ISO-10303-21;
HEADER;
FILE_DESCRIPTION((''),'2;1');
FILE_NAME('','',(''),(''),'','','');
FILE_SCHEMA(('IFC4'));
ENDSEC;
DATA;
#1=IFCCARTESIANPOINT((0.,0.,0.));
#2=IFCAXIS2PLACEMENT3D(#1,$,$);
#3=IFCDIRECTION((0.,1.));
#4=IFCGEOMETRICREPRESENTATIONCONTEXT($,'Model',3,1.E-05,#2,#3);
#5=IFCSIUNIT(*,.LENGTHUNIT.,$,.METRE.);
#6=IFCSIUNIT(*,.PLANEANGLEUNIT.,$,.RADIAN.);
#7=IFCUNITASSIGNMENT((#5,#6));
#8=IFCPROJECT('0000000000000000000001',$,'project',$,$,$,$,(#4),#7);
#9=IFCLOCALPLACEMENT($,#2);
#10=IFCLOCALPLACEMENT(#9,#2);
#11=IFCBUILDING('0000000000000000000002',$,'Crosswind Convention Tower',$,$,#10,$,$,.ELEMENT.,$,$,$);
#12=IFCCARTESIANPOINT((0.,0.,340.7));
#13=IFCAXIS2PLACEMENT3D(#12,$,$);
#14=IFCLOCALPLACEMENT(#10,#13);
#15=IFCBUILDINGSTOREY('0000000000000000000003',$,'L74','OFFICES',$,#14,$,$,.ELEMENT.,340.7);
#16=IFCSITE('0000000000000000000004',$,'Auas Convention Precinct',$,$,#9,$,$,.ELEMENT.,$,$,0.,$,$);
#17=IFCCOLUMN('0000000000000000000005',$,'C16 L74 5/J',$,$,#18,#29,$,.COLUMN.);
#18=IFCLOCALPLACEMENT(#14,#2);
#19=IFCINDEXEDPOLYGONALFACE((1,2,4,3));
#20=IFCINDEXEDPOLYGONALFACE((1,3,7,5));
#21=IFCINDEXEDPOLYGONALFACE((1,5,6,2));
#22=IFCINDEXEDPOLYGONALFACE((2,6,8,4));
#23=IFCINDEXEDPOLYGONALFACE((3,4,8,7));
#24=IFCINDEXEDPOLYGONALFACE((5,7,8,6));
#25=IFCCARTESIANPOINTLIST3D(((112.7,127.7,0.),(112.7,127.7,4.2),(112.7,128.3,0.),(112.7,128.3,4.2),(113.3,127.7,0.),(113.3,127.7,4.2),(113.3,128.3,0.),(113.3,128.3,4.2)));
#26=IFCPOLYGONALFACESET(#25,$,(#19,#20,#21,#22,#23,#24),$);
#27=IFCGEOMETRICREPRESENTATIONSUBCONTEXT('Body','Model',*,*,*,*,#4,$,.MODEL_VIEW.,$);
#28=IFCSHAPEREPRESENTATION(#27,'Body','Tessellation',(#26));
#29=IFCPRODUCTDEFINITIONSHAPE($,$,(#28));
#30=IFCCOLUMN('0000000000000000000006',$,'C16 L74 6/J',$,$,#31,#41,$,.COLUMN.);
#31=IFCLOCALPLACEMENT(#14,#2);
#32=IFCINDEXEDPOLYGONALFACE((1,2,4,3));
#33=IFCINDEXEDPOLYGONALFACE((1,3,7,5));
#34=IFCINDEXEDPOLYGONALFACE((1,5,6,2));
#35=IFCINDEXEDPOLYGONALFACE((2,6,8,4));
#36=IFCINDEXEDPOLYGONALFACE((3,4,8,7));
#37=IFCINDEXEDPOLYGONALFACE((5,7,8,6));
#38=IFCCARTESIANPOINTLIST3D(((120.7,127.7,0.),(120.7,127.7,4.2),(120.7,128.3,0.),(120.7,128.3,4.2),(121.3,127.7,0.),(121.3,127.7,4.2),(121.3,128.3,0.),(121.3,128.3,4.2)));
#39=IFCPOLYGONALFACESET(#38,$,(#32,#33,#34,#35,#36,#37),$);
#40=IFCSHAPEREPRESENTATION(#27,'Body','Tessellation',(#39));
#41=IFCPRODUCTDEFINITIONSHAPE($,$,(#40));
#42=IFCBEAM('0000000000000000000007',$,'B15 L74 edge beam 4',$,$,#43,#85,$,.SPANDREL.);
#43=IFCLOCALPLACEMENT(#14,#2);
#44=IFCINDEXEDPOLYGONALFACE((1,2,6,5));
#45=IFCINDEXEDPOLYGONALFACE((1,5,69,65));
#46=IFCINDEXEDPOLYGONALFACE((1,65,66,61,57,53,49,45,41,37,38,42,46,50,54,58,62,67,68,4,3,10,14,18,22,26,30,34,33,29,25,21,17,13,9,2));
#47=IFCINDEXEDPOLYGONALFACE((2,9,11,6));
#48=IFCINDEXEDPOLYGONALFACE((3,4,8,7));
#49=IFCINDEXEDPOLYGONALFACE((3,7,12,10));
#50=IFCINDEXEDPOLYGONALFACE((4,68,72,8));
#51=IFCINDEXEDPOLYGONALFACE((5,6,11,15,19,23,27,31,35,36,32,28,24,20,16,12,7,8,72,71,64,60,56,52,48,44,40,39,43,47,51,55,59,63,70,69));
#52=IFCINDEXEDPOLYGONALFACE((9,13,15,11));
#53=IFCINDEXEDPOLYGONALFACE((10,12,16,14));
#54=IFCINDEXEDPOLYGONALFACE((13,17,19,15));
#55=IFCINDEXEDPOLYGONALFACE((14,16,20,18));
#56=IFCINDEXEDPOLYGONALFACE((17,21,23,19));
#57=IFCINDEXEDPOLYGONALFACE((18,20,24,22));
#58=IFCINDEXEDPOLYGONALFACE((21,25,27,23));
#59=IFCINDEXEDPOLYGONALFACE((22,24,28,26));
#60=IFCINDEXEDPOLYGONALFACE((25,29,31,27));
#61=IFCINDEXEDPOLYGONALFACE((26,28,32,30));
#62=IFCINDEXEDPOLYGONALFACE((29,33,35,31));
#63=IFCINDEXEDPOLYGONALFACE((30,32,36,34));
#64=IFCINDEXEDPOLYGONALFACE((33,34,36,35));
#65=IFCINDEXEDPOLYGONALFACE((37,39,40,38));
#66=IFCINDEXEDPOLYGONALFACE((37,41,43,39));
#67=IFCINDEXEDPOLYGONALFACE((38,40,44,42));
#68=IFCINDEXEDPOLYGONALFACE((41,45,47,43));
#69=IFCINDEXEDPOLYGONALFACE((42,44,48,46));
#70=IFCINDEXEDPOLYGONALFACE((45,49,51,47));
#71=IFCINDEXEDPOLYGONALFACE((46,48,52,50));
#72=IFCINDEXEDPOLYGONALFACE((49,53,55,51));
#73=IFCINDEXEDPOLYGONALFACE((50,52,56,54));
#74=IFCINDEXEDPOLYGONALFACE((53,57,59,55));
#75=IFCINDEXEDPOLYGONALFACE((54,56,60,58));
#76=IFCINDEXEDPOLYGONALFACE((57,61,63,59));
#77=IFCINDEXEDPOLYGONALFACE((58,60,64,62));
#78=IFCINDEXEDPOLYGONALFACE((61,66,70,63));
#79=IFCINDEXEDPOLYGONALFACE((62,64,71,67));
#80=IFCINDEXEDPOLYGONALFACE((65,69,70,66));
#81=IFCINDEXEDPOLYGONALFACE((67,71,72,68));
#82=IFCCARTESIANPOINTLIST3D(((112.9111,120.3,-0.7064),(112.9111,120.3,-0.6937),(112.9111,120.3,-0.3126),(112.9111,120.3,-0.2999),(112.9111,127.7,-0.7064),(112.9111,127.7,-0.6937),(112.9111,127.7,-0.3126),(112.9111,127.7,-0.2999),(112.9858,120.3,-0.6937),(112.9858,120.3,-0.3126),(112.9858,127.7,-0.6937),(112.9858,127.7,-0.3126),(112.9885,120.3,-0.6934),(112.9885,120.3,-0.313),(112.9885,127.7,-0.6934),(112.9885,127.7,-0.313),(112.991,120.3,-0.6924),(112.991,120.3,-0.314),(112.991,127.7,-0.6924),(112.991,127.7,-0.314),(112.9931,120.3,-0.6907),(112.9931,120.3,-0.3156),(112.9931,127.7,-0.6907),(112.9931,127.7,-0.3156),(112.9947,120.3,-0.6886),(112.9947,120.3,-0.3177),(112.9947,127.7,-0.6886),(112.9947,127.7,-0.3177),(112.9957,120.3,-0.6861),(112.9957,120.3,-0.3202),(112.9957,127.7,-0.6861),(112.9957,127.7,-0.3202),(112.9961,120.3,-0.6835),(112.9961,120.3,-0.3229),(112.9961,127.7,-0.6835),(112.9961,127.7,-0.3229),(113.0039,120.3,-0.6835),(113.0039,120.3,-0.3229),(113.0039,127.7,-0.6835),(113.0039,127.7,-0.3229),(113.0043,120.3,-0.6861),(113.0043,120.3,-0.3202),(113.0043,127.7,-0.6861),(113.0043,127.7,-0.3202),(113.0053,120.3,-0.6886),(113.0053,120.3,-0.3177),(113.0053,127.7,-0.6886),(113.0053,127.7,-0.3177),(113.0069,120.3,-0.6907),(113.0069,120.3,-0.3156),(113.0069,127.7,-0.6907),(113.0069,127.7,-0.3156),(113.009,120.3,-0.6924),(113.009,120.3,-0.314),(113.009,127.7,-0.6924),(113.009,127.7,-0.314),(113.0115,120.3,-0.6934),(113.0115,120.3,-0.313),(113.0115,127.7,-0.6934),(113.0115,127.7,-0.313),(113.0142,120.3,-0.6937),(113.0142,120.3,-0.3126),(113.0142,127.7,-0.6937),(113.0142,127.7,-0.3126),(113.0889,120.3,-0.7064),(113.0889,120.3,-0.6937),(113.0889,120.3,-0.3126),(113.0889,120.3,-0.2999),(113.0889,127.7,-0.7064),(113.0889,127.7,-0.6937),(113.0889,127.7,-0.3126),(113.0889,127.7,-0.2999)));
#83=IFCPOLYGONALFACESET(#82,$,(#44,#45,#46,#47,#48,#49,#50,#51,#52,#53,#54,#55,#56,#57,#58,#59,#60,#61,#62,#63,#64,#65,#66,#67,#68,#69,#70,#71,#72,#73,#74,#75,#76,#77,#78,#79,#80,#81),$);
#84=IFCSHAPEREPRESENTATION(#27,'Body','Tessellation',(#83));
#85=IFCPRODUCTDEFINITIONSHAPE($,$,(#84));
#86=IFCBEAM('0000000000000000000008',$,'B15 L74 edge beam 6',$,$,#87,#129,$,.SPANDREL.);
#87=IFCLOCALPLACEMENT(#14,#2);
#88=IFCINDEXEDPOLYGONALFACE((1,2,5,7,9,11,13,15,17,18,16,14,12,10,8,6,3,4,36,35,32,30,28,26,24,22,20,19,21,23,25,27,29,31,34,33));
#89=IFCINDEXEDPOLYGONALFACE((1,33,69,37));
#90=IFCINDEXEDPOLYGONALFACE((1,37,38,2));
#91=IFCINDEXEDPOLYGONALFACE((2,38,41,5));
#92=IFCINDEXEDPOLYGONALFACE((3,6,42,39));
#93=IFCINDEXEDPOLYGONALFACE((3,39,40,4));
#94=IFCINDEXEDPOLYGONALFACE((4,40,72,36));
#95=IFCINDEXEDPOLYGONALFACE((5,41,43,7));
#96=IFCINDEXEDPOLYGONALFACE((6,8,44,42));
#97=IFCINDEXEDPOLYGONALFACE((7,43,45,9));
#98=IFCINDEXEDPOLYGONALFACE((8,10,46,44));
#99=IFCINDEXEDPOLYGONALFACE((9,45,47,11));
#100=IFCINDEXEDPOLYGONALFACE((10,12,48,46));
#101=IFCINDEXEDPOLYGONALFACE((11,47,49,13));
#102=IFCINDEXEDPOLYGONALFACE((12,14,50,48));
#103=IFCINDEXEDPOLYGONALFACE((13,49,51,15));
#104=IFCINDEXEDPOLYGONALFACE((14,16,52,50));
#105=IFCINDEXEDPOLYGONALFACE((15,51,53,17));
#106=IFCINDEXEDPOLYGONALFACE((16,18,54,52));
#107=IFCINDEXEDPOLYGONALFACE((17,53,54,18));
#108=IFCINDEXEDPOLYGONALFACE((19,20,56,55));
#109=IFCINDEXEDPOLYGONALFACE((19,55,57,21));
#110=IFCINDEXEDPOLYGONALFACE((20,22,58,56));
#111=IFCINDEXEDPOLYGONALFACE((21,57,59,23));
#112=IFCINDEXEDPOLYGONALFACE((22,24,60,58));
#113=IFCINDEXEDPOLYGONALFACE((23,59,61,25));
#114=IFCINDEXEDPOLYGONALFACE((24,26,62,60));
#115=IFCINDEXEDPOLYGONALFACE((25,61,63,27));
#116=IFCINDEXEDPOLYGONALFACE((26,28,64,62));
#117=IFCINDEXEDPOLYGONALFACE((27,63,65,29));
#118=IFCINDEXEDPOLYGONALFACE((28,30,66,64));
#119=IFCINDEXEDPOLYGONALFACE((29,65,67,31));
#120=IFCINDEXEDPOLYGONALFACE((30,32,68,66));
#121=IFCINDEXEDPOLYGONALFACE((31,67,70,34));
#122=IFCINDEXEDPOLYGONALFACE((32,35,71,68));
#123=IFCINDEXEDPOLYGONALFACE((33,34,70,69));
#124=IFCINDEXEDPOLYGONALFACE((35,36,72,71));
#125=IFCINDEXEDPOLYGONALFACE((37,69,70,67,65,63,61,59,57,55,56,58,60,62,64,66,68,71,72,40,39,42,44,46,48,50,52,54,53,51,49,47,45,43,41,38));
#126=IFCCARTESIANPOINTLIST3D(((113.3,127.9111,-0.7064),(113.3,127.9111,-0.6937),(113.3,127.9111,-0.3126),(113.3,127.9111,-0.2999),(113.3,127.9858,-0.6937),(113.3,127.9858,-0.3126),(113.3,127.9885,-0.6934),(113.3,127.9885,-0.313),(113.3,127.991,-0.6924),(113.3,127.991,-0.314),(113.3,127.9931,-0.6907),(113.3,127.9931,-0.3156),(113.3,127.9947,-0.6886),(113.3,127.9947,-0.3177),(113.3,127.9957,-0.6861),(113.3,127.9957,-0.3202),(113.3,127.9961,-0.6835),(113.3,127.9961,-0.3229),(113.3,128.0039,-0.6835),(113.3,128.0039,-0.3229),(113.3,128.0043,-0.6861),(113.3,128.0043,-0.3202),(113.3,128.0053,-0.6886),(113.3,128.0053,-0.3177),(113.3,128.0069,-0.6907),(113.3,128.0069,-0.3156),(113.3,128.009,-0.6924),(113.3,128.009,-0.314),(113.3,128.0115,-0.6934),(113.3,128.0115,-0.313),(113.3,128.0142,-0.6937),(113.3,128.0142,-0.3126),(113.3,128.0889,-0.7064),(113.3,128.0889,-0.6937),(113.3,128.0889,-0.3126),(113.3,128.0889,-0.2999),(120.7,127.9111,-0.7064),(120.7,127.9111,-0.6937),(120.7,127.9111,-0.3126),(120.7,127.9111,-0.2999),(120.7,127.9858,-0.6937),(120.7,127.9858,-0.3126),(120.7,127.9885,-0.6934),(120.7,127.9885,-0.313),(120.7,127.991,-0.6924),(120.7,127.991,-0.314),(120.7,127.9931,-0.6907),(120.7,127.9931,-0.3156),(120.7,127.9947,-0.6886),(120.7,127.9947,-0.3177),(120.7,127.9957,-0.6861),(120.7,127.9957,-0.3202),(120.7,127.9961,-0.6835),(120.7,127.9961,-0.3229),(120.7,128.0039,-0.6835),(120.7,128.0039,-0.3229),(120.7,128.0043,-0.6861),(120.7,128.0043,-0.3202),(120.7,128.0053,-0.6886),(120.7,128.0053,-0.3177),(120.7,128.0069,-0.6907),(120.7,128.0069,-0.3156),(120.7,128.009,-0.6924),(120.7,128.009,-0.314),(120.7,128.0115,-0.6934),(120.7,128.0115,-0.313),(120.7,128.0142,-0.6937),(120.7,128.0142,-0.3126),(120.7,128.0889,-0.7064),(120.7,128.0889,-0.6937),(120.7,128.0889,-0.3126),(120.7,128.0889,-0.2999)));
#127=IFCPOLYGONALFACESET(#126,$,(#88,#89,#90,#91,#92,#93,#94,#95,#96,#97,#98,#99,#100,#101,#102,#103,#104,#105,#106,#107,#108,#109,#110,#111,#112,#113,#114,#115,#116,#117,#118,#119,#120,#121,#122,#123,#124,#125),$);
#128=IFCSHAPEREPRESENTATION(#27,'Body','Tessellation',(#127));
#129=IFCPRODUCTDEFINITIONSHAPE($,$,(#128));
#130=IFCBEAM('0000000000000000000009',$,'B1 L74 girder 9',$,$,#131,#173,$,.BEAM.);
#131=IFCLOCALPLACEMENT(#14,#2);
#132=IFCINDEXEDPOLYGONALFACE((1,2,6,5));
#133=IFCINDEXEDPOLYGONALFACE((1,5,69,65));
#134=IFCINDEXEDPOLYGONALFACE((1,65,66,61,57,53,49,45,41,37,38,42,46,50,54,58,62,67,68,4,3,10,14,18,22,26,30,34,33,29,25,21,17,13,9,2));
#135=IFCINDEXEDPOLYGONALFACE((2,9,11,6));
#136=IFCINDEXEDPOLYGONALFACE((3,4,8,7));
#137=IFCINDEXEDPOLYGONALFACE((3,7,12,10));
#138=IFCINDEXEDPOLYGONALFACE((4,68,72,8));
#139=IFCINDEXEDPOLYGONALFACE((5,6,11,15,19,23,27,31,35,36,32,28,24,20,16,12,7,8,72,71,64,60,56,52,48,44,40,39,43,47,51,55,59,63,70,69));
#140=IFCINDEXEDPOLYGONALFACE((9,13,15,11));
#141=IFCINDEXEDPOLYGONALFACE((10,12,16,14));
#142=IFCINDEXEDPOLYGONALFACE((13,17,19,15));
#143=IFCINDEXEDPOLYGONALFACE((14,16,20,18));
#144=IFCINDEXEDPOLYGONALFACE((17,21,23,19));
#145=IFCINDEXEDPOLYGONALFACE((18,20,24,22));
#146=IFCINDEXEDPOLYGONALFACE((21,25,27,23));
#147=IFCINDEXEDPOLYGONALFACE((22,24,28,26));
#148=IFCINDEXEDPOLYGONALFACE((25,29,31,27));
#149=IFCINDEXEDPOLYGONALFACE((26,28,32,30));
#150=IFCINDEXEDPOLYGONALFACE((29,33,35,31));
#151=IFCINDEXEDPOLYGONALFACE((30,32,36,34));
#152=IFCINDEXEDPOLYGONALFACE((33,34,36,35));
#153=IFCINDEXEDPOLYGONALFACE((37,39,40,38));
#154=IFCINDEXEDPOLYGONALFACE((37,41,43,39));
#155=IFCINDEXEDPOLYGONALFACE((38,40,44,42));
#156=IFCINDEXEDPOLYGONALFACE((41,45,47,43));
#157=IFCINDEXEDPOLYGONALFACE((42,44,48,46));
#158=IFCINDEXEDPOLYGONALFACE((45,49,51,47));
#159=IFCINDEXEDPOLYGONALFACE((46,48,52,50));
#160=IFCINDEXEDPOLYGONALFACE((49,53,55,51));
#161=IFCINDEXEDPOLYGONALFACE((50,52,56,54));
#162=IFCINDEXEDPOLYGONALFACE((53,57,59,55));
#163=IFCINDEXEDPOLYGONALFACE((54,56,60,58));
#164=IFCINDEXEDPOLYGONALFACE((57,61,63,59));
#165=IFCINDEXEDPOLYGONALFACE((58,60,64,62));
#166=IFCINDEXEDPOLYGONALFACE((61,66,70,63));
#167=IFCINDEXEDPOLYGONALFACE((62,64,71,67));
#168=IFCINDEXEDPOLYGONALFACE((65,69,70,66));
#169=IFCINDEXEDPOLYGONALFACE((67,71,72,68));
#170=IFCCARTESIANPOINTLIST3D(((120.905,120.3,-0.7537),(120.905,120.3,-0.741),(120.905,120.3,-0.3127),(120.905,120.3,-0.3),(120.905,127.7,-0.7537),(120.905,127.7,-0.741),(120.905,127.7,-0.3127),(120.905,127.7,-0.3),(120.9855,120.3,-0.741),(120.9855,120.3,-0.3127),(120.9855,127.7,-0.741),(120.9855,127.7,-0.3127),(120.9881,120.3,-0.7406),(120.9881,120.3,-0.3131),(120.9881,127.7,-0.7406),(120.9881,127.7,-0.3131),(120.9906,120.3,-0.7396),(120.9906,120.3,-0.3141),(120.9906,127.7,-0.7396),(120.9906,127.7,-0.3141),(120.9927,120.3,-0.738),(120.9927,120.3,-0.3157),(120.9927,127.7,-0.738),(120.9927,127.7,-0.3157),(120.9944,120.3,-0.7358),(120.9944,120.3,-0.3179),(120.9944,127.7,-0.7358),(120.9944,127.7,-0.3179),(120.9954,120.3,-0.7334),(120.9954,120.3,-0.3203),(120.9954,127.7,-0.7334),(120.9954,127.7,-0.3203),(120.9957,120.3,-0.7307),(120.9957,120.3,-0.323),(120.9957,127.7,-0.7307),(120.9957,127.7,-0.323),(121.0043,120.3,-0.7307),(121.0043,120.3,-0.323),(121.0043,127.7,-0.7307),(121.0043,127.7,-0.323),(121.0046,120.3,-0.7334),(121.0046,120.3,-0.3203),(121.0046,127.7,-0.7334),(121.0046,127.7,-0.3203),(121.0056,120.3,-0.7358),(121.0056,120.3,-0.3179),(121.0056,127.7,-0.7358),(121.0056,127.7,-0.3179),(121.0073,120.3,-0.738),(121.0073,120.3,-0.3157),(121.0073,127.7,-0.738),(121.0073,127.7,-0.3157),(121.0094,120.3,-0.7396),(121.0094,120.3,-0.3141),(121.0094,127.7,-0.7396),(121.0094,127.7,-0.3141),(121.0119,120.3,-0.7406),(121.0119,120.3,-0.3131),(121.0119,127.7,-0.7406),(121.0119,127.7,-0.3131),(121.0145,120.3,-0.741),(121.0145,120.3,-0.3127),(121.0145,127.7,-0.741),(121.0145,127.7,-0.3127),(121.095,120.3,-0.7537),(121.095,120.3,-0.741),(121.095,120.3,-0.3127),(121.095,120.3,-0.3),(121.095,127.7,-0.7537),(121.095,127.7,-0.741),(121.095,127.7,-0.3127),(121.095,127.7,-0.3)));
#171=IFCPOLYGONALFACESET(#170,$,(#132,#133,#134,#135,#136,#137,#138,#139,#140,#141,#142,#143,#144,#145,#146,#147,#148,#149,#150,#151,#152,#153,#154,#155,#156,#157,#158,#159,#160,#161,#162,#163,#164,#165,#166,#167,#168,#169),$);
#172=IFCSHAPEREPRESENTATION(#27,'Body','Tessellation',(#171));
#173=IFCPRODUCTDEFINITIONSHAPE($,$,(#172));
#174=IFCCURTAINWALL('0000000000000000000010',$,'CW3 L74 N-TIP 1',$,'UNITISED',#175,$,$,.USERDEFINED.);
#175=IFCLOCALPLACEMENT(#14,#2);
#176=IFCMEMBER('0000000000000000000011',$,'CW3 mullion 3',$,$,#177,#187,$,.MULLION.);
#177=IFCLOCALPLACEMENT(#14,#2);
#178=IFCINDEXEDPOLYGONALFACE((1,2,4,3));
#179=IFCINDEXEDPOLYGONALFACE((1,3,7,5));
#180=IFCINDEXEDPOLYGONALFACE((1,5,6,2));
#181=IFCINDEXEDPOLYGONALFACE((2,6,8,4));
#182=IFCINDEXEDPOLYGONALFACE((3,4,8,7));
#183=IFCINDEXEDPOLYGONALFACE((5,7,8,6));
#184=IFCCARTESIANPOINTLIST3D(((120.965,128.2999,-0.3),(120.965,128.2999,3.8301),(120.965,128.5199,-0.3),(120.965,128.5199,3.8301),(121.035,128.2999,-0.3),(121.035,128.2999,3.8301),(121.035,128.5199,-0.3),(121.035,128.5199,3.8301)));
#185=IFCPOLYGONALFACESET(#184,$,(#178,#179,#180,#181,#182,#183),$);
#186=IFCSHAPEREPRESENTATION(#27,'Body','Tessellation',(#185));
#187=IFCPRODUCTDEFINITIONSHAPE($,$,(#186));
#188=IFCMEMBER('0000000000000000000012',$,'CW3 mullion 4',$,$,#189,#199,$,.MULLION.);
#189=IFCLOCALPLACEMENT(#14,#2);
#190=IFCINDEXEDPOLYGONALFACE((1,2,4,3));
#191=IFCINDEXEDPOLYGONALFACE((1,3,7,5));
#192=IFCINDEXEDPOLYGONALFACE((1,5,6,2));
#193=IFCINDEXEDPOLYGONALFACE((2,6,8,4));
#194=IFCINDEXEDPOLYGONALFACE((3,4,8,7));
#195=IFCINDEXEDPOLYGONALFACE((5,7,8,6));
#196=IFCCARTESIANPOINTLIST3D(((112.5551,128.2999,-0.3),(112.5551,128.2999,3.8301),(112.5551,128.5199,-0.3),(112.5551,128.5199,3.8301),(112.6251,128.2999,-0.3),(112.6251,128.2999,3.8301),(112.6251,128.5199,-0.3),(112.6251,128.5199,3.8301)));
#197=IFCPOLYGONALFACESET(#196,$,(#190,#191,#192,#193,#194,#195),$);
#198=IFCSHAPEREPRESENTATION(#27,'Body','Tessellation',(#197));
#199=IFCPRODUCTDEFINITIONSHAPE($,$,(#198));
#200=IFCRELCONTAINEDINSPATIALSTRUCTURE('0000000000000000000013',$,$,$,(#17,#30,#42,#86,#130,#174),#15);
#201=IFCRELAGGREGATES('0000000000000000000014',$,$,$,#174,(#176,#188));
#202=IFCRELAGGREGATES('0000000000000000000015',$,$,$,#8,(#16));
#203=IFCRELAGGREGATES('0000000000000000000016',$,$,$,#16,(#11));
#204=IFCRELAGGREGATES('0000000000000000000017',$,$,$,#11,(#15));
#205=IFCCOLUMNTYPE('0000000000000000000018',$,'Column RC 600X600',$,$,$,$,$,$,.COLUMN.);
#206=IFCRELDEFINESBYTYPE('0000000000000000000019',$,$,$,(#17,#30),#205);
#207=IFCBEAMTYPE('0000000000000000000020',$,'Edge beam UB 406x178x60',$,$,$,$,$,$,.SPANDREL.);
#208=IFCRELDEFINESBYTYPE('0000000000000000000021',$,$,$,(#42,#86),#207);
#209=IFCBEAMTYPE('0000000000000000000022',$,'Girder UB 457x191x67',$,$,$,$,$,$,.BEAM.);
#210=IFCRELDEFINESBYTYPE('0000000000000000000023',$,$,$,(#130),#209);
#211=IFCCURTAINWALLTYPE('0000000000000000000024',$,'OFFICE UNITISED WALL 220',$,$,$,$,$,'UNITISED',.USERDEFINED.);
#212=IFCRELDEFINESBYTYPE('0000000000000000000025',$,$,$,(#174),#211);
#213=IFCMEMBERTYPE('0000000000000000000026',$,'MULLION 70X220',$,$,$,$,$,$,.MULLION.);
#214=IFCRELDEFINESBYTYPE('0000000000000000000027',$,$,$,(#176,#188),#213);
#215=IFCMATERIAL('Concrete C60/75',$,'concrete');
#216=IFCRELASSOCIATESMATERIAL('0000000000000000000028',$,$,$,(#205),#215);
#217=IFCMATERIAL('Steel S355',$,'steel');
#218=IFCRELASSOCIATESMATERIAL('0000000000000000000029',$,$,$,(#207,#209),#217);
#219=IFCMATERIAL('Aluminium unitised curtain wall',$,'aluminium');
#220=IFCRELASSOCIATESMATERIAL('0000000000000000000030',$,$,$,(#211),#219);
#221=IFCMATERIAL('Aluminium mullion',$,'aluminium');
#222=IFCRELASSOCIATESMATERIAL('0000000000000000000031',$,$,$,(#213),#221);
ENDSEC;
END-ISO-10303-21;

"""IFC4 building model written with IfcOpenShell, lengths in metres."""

from ifc_helpers import new_model, si_unit, direction, frame, origin, origin_2d, place, context, subcontext, project, spatial, rectangle, i_section, extrude, material, material_profile, profile_set, type_object, element, aggregate, save


model = new_model("IFC4")

# Units and contexts
model_context = context("Model", 3, precision=1e-05, world=origin(), true_north=direction((0.0, 1.0)))
body_context = subcontext(model_context, "Body", "Model", "MODEL_VIEW")
ifc_project = project(units=[si_unit("LENGTHUNIT", "METRE"), si_unit("PLANEANGLEUNIT", "RADIAN")], contexts=[model_context])

# Site, building, storey
site_placement = place(None, origin())
site = spatial("IfcSite", under=ifc_project, at=site_placement, Name="Auas Convention Precinct", CompositionType="ELEMENT", RefElevation=0.0)
building_placement = place(site_placement, origin())
building = spatial("IfcBuilding", under=site, at=building_placement, Name="Crosswind Convention Tower", CompositionType="ELEMENT")
storey_placement = place(building_placement, frame((0.0, 0.0, 340.7)))
storey = spatial("IfcBuildingStorey", under=building, at=storey_placement, Name="L74", Description="OFFICES", CompositionType="ELEMENT", Elevation=340.7)

# Columns
ifc_material_1 = material(Name="Concrete C60/75", Category="concrete")
ifc_material_profile_1 = material_profile(ifc_material_1, rectangle(XDim=0.6001, YDim=0.6001, at=origin_2d()), Name="RC 600X600")
ifc_profile_set_1 = profile_set([ifc_material_profile_1], Name="Concrete C60/75")
column_type = type_object("IfcColumnType", Name="Column RC 600X600", PredefinedType="COLUMN", material=ifc_profile_set_1)
for number, where, z_axis, x_axis, name in (
    (1, (113.0, 128.0, 0.0), (0.0, 0.0, 1.0), (1.0, 0.0, 0.0), "C16 L74 5/J"),
    (2, (121.0, 128.0, 0.0), (0.0, 0.0, 1.0), (1.0, 0.0, 0.0), "C16 L74 6/J"),
):
    element("IfcColumn", number, at=place(storey_placement, frame(where, z_axis=z_axis, x_axis=x_axis)), inside=storey, type_object=column_type, Name=name, PredefinedType="COLUMN", context=body_context, shape_type="SweptSolid", body=[
        extrude(rectangle(XDim=0.6001, YDim=0.6001, at=origin_2d()), origin(), (0.0, 0.0, 1.0), 4.2),
    ])

# Beams
ifc_material_2 = material(Name="Steel S355", Category="steel")
ifc_material_profile_2 = material_profile(ifc_material_2, i_section(OverallWidth=0.1777, OverallDepth=0.4065, WebThickness=0.0078, FlangeThickness=0.0127, FilletRadius=0.0103, at=origin_2d()), Name="UB 406x178x60")
ifc_profile_set_2 = profile_set([ifc_material_profile_2], Name="Steel S355")
beam_type_1 = type_object("IfcBeamType", Name="Edge beam UB 406x178x60", PredefinedType="SPANDREL", material=ifc_profile_set_2)
for number, where, z_axis, x_axis, name in (
    (3, (113.0, 120.3, -0.5032), (0.0, 1.0, 0.0), (-1.0, 0.0, 0.0), "B15 L74 edge beam 4"),
    (4, (113.3, 128.0, -0.5032), (1.0, 0.0, 0.0), (0.0, 1.0, 0.0), "B15 L74 edge beam 6"),
):
    element("IfcBeam", number, at=place(storey_placement, frame(where, z_axis=z_axis, x_axis=x_axis)), inside=storey, type_object=beam_type_1, Name=name, PredefinedType="SPANDREL", context=body_context, shape_type="SweptSolid", body=[
        extrude(i_section(OverallWidth=0.1777, OverallDepth=0.4065, WebThickness=0.0078, FlangeThickness=0.0127, FilletRadius=0.0103, at=origin_2d()), origin(), (0.0, 0.0, 1.0), 7.3999),
    ])
ifc_material_profile_3 = material_profile(ifc_material_2, i_section(OverallWidth=0.1899, OverallDepth=0.4536, WebThickness=0.0085, FlangeThickness=0.0127, FilletRadius=0.0103, at=origin_2d()), Name="UB 457x191x67")
ifc_profile_set_3 = profile_set([ifc_material_profile_3], Name="Steel S355")
beam_type_2 = type_object("IfcBeamType", Name="Girder UB 457x191x67", PredefinedType="BEAM", material=ifc_profile_set_3)
beam_1_placement = place(storey_placement, frame((121.0, 120.3, -0.5269), z_axis=(0.0, 1.0, 0.0), x_axis=(-1.0, 0.0, 0.0)))
element("IfcBeam", 5, at=beam_1_placement, inside=storey, type_object=beam_type_2, Name="B1 L74 girder 9", PredefinedType="BEAM", context=body_context, shape_type="SweptSolid", body=[
    extrude(i_section(OverallWidth=0.1899, OverallDepth=0.4536, WebThickness=0.0085, FlangeThickness=0.0127, FilletRadius=0.0103, at=origin_2d()), origin(), (0.0, 0.0, 1.0), 7.3999),
])

# Curtain wall, members
ifc_material_3 = material(Name="Aluminium unitised curtain wall", Category="aluminium")
curtain_wall_type = type_object("IfcCurtainWallType", Name="OFFICE UNITISED WALL 220", ElementType="UNITISED", PredefinedType="USERDEFINED", material=ifc_material_3)
curtain_wall_1_placement = place(storey_placement, origin())
curtain_wall_1 = element("IfcCurtainWall", 6, at=curtain_wall_1_placement, inside=storey, type_object=curtain_wall_type, Name="CW3 L74 N-TIP 1", ObjectType="UNITISED", PredefinedType="USERDEFINED")
ifc_material_4 = material(Name="Aluminium mullion", Category="aluminium")
ifc_material_profile_4 = material_profile(ifc_material_4, rectangle(XDim=0.22, YDim=0.0701, at=origin_2d()), Name="AL 220X70")
ifc_profile_set_4 = profile_set([ifc_material_profile_4], Name="Aluminium mullion")
member_type_1 = type_object("IfcMemberType", Name="MULLION 70X220", PredefinedType="MULLION", material=ifc_profile_set_4)
member_1_placement = place(storey_placement, frame((121.0, 128.4099, -0.3), z_axis=(0.0, 0.0, 1.0), x_axis=(0.0, 1.0, 0.0)))
member_1 = element("IfcMember", 7, at=member_1_placement, type_object=member_type_1, Name="CW3 mullion 3", PredefinedType="MULLION", context=body_context, shape_type="SweptSolid", body=[
    extrude(rectangle(XDim=0.22, YDim=0.0701, at=origin_2d()), origin(), (0.0, 0.0, 1.0), 4.1301),
])
member_2_placement = place(storey_placement, frame((112.5901, 128.4099, -0.3), z_axis=(0.0, 0.0, 1.0), x_axis=(0.0, 1.0, 0.0)))
member_2 = element("IfcMember", 8, at=member_2_placement, type_object=member_type_1, Name="CW3 mullion 4", PredefinedType="MULLION", context=body_context, shape_type="SweptSolid", body=[
    extrude(rectangle(XDim=0.22, YDim=0.0701, at=origin_2d()), origin(), (0.0, 0.0, 1.0), 4.1301),
])

aggregate(curtain_wall_1, [member_1, member_2])

save(model, "model.ifc")
